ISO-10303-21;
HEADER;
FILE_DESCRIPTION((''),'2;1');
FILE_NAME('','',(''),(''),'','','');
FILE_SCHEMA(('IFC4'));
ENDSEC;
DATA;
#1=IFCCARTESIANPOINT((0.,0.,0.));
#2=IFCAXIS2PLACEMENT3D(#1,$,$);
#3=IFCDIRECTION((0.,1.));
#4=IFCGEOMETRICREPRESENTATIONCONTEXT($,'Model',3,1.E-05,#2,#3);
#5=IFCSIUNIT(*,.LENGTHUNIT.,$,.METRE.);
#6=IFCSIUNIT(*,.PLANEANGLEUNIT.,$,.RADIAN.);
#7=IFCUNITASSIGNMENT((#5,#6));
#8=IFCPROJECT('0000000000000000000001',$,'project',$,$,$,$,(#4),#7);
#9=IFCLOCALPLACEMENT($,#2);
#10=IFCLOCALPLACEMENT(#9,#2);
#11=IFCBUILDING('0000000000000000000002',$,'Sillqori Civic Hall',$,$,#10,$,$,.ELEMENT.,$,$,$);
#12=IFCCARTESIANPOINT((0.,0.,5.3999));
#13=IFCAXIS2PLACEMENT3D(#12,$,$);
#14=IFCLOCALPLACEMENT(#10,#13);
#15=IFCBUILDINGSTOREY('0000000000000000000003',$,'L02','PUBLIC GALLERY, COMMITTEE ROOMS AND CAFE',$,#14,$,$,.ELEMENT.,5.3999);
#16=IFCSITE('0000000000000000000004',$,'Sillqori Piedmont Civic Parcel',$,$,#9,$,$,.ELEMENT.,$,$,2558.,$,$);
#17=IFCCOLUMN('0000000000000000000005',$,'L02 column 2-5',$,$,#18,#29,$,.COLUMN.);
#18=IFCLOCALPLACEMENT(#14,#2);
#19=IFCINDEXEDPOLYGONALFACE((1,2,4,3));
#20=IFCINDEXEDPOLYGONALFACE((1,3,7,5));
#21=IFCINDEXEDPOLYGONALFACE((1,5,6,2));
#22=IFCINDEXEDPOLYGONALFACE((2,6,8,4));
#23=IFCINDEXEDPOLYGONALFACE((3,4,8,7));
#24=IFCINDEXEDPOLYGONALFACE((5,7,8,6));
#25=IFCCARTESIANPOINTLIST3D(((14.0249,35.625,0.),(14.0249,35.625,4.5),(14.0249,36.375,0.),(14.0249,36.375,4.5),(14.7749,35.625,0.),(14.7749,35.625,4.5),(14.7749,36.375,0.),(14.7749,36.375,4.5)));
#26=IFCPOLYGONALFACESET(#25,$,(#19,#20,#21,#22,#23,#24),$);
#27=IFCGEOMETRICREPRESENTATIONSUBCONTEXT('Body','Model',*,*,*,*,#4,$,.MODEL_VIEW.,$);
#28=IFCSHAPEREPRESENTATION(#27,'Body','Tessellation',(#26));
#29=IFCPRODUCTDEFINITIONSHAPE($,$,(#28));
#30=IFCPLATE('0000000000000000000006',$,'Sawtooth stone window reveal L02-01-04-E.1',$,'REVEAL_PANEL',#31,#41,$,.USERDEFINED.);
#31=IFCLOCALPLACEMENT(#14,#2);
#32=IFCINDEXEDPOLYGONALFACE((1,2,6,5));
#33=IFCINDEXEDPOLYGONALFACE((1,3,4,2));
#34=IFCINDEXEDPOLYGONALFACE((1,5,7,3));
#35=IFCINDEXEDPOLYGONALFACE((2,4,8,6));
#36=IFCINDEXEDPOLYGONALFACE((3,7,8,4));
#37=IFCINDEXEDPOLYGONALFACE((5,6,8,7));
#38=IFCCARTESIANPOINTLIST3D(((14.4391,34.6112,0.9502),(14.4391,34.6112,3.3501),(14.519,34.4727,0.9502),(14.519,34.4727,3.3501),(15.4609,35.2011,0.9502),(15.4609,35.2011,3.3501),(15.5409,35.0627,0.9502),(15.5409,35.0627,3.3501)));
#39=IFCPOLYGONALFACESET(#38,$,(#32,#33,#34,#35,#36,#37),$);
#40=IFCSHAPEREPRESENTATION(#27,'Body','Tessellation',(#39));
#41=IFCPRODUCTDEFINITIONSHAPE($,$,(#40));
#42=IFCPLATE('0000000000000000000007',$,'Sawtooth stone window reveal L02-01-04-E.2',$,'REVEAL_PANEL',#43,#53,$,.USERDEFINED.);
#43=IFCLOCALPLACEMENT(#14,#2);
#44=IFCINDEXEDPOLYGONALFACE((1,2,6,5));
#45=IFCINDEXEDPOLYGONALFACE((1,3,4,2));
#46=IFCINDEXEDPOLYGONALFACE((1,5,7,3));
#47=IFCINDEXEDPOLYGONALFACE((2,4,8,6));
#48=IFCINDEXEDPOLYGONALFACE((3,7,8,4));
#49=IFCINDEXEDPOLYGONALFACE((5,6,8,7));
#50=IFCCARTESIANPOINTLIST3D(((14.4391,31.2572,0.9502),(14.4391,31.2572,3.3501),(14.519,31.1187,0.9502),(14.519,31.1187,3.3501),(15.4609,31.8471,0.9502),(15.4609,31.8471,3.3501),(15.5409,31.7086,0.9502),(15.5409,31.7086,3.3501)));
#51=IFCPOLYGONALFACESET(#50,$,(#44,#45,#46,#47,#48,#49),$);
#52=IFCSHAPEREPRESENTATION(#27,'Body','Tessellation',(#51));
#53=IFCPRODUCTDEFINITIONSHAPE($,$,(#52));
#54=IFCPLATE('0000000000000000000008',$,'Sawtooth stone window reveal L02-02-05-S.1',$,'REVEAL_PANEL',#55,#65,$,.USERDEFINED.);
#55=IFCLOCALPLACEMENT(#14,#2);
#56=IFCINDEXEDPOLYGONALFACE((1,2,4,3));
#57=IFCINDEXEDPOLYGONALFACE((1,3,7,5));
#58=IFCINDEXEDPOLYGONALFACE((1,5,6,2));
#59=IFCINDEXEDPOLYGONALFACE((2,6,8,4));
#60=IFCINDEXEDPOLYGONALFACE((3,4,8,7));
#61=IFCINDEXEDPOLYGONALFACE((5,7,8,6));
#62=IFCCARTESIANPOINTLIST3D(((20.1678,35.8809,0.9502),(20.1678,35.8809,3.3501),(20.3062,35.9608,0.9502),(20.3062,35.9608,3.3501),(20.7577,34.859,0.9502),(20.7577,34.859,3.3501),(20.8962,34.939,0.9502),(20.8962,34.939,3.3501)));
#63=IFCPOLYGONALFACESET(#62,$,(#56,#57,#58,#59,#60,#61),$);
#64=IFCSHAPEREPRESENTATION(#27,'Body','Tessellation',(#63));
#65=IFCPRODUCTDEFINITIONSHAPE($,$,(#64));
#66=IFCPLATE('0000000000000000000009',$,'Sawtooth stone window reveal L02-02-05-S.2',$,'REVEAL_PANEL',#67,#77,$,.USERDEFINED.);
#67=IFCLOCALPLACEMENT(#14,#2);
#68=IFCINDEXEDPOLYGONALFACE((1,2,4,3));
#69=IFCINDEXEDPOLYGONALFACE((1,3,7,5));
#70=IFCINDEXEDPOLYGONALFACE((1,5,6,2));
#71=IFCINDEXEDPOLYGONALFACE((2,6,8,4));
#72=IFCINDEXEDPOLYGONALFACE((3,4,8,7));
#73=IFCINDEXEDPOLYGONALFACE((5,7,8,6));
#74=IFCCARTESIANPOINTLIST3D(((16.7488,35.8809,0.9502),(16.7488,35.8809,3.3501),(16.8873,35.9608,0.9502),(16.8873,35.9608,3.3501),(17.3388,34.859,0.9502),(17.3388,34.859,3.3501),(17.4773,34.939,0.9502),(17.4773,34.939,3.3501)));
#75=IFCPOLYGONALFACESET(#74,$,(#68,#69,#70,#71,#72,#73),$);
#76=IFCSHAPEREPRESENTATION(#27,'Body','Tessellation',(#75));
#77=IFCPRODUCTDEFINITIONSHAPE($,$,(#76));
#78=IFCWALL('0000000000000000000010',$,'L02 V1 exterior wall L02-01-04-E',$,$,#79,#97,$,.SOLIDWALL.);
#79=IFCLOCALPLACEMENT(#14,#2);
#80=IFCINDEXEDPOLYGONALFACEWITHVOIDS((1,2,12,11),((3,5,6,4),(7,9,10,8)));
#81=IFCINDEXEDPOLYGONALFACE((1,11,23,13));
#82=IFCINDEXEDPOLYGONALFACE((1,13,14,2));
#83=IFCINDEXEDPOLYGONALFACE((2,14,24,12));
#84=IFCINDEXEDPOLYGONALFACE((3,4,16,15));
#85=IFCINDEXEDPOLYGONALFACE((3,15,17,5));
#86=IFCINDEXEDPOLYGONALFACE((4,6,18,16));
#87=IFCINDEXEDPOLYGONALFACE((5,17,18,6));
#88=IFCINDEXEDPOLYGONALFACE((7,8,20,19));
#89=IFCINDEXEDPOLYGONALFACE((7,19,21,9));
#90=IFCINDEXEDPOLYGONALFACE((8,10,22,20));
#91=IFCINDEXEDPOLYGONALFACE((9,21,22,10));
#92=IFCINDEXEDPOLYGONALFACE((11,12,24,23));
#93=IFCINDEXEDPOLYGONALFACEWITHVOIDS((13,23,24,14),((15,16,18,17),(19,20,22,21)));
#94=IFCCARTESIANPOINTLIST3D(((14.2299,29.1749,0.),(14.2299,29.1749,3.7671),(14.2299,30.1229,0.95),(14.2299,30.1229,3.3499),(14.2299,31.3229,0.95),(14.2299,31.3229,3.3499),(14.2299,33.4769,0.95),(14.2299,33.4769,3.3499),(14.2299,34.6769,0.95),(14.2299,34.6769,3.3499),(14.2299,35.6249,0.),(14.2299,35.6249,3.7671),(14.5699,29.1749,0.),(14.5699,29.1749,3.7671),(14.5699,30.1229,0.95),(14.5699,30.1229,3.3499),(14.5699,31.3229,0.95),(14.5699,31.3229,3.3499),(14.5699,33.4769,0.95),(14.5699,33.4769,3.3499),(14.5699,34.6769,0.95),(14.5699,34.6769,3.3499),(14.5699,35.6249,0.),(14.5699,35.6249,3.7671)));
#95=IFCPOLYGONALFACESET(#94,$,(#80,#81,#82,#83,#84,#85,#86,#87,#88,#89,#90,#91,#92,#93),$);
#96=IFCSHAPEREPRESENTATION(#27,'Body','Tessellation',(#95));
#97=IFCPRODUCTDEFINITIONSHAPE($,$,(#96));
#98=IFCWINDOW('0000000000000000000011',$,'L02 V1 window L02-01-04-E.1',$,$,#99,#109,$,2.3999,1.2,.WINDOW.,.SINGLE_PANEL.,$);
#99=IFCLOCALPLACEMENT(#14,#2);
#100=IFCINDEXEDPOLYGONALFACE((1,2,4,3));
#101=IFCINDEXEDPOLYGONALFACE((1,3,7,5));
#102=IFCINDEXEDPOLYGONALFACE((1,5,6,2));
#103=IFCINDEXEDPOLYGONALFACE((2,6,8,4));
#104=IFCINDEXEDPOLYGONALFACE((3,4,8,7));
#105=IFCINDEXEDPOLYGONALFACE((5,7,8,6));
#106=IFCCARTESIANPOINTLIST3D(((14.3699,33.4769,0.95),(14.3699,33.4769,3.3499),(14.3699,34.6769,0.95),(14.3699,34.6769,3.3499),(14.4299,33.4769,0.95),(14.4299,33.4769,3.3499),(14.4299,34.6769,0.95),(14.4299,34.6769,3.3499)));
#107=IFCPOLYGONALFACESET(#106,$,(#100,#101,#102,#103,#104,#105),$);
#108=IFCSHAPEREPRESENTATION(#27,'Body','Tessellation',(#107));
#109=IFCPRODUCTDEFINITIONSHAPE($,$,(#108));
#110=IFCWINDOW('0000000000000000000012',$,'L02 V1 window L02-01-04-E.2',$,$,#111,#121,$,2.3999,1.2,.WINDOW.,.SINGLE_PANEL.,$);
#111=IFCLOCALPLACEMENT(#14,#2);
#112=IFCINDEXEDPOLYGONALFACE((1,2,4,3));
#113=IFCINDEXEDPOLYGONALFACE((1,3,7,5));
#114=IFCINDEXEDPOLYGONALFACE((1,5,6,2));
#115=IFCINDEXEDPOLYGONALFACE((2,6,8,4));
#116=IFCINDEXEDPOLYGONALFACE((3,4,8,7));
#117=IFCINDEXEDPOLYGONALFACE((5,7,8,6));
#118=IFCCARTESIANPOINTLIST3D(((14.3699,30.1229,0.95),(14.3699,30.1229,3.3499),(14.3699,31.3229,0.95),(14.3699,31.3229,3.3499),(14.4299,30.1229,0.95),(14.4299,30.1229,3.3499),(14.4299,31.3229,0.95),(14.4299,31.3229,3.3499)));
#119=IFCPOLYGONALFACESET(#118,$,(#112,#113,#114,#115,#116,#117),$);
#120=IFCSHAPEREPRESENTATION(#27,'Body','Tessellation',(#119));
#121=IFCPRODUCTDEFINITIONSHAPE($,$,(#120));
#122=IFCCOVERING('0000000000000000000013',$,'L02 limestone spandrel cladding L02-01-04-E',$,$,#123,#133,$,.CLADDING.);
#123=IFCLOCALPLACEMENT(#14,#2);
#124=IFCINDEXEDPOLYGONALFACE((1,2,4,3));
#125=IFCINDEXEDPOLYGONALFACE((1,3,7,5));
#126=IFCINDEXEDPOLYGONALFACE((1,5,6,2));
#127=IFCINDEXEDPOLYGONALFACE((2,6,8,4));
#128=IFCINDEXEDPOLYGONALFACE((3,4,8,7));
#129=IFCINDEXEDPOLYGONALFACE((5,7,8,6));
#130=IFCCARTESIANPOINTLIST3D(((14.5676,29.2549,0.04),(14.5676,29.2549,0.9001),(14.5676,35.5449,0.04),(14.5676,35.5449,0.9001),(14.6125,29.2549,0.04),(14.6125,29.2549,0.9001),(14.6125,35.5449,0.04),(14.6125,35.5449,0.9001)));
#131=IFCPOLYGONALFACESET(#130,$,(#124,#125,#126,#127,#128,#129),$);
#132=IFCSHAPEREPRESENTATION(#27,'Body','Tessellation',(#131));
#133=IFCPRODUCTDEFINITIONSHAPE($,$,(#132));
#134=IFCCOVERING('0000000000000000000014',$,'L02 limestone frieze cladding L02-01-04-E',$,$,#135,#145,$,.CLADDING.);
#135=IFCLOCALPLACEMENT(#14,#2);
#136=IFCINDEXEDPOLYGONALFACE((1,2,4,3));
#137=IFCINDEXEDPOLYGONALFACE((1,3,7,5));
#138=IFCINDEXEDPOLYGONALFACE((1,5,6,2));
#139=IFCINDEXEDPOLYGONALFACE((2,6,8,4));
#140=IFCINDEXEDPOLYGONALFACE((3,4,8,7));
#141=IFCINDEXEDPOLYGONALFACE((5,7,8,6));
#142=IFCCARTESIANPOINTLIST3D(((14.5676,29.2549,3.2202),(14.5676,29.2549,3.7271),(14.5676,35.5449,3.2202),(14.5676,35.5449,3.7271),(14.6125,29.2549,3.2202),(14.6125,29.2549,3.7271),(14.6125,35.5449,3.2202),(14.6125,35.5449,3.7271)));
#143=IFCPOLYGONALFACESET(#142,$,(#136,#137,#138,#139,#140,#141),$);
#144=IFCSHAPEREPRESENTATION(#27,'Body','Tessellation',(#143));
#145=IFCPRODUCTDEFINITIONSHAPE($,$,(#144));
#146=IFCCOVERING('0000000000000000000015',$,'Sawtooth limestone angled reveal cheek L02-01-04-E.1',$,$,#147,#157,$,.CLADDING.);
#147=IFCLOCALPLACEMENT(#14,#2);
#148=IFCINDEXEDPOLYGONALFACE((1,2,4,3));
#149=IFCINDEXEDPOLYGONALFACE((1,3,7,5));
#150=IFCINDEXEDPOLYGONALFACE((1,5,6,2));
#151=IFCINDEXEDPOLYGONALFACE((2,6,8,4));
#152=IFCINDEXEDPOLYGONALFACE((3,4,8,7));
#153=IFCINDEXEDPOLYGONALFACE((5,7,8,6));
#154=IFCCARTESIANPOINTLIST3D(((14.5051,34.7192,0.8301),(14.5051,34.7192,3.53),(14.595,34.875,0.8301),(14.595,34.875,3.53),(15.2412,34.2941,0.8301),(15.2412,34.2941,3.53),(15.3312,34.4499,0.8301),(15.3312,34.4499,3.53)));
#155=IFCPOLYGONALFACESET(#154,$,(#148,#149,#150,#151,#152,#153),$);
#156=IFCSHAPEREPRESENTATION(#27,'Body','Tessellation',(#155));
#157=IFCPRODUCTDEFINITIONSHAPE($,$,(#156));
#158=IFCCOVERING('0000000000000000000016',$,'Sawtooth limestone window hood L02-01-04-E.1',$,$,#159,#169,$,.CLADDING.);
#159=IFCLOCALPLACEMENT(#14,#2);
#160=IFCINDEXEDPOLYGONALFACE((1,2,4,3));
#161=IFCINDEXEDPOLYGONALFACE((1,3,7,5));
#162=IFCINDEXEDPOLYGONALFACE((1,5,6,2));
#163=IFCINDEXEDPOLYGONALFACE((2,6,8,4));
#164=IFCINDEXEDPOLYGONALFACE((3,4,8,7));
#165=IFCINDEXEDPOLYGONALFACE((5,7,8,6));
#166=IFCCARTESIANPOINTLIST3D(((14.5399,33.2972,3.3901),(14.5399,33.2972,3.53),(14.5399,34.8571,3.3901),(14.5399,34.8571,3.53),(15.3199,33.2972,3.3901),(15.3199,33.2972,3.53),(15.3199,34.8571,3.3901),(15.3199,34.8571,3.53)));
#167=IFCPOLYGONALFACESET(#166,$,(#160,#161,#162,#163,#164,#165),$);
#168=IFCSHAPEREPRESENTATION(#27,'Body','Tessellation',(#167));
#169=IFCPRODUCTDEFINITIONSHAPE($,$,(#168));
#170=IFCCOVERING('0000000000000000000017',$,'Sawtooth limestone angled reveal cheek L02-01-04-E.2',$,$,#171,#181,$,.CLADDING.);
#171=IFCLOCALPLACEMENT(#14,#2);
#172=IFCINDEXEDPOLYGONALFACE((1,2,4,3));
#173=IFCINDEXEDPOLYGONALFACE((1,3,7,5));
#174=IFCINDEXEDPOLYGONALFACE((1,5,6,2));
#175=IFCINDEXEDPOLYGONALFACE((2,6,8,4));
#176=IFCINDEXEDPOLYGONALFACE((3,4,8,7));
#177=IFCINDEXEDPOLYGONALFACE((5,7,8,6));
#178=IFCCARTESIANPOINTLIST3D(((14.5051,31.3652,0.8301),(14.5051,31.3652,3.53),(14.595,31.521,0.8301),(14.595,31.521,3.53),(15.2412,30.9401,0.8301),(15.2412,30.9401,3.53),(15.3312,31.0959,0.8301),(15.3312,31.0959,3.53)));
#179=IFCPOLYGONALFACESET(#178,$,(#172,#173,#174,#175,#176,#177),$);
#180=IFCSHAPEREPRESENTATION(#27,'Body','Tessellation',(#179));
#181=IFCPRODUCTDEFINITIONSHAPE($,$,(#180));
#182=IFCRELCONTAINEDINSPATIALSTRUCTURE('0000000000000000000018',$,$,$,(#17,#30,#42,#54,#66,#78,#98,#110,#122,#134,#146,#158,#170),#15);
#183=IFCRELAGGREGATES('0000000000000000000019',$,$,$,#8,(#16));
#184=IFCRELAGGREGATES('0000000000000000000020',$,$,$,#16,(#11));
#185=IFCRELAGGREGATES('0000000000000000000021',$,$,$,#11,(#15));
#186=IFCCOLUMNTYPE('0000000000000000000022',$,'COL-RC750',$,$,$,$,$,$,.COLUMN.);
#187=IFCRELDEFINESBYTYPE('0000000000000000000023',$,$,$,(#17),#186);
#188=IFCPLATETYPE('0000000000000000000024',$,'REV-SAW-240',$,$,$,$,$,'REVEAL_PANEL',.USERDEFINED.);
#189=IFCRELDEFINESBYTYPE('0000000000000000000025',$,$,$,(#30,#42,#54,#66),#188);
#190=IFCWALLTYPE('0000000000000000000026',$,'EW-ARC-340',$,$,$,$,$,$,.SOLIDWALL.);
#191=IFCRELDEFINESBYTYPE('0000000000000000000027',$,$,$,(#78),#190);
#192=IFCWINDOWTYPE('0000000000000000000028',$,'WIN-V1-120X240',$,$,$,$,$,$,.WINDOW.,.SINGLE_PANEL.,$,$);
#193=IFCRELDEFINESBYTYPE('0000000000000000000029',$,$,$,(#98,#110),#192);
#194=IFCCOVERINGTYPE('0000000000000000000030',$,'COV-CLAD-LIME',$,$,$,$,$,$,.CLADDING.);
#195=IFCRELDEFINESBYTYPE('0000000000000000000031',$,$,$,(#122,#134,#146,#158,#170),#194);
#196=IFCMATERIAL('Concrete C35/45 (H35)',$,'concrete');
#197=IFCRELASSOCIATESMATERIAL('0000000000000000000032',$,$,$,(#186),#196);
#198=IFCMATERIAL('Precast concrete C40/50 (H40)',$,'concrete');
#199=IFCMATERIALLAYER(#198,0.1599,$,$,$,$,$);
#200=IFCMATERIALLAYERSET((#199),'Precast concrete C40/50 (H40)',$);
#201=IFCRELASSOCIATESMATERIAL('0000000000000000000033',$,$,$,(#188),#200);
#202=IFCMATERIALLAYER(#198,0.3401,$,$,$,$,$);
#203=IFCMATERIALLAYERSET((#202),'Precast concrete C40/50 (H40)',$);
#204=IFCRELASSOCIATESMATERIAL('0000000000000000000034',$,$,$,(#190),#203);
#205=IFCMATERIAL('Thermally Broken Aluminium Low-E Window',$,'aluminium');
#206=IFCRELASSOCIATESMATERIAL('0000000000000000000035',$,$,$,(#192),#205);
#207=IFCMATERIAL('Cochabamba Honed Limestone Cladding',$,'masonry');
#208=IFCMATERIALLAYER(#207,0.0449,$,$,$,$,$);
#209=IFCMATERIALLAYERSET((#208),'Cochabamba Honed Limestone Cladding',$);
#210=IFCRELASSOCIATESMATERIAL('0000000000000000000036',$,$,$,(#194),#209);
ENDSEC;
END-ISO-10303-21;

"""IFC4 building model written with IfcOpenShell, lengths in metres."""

from ifc_helpers import new_model, si_unit, direction, frame, frame_2d, origin, origin_2d, place, context, subcontext, project, spatial, rectangle, extrude, material, layer, layer_set, material_profile, profile_set, type_object, element, fill, save


model = new_model("IFC4")

# Units and contexts
model_context = context("Model", 3, precision=1e-05, world=origin(), true_north=direction((0.0, 1.0)))
body_context = subcontext(model_context, "Body", "Model", "MODEL_VIEW")
ifc_project = project(units=[si_unit("LENGTHUNIT", "METRE"), si_unit("PLANEANGLEUNIT", "RADIAN")], contexts=[model_context])

# Site, building, storey
site_placement = place(None, origin())
site = spatial("IfcSite", under=ifc_project, at=site_placement, Name="Sillqori Piedmont Civic Parcel", CompositionType="ELEMENT", RefElevation=2558.0)
building_placement = place(site_placement, origin())
building = spatial("IfcBuilding", under=site, at=building_placement, Name="Sillqori Civic Hall", CompositionType="ELEMENT")
storey_placement = place(building_placement, frame((0.0, 0.0, 5.3999)))
storey = spatial("IfcBuildingStorey", under=building, at=storey_placement, Name="L02", Description="PUBLIC GALLERY, COMMITTEE ROOMS AND CAFE", CompositionType="ELEMENT", Elevation=5.3999)

# Column
ifc_material_1 = material(Name="Concrete C35/45 (H35)", Category="concrete")
ifc_material_profile = material_profile(ifc_material_1, rectangle(XDim=0.75, YDim=0.75, at=origin_2d()), Name="RC 750x750")
ifc_profile_set = profile_set([ifc_material_profile], Name="Concrete C35/45 (H35)")
column_type = type_object("IfcColumnType", Name="COL-RC750", PredefinedType="COLUMN", material=ifc_profile_set)
column_placement = place(storey_placement, frame((14.3999, 36.0, 0.0), z_axis=(0.0, 0.0, 1.0), x_axis=(1.0, 0.0, 0.0)))
element("IfcColumn", 1, at=column_placement, inside=storey, type_object=column_type, Name="L02 column 2-5", PredefinedType="COLUMN", context=body_context, shape_type="SweptSolid", body=[
    extrude(rectangle(XDim=0.75, YDim=0.75, at=origin_2d()), origin(), (0.0, 0.0, 1.0), 4.5),
])

# Plates
ifc_material_2 = material(Name="Precast concrete C40/50 (H40)", Category="concrete")
ifc_layer_1 = layer(ifc_material_2, 0.1599)
ifc_layer_set_1 = layer_set([ifc_layer_1], Name="Precast concrete C40/50 (H40)")
plate_type = type_object("IfcPlateType", Name="REV-SAW-240", ElementType="REVEAL_PANEL", PredefinedType="USERDEFINED", material=ifc_layer_set_1)
for number, where, z_axis, x_axis, name in (
    (2, (14.99, 34.8369, 0.9502), (0.0, 0.0, 1.0), (0.5, -0.866025, 0.0), "Sawtooth stone window reveal L02-01-04-E.1"),
    (3, (14.99, 31.4829, 0.9502), (0.0, 0.0, 1.0), (0.5, -0.866025, 0.0), "Sawtooth stone window reveal L02-01-04-E.2"),
    (4, (20.532, 35.4099, 0.9502), (0.0, 0.0, 1.0), (-0.866025, -0.5, 0.0), "Sawtooth stone window reveal L02-02-05-S.1"),
    (5, (17.113, 35.4099, 0.9502), (0.0, 0.0, 1.0), (-0.866025, -0.5, 0.0), "Sawtooth stone window reveal L02-02-05-S.2"),
):
    element("IfcPlate", number, at=place(storey_placement, frame(where, z_axis=z_axis, x_axis=x_axis)), inside=storey, type_object=plate_type, Name=name, ObjectType="REVEAL_PANEL", PredefinedType="USERDEFINED", context=body_context, shape_type="SweptSolid", body=[
        extrude(rectangle(XDim=0.1599, YDim=1.1799, at=origin_2d()), origin(), (0.0, 0.0, 1.0), 2.3999),
    ])

# Wall, openings, windows
ifc_layer_2 = layer(ifc_material_2, 0.3401)
ifc_layer_set_2 = layer_set([ifc_layer_2], Name="Precast concrete C40/50 (H40)")
wall_type = type_object("IfcWallType", Name="EW-ARC-340", PredefinedType="SOLIDWALL", material=ifc_layer_set_2)
wall_placement = place(storey_placement, frame((14.3999, 35.625, 0.0), z_axis=(0.0, 0.0, 1.0), x_axis=(0.0, -1.0, 0.0)))
wall = element("IfcWall", 6, at=wall_placement, inside=storey, type_object=wall_type, Name="L02 V1 exterior wall L02-01-04-E", PredefinedType="SOLIDWALL", context=body_context, shape_type="SweptSolid", body=[
    extrude(rectangle(XDim=6.45, YDim=0.3401, at=frame_2d((3.2251, 0.0))), origin(), (0.0, 0.0, 1.0), 3.7671),
])
opening_1_placement = place(wall_placement, frame((0.948, 0.0, 0.95)))
opening_1 = element("IfcOpeningElement", 7, at=opening_1_placement, cuts=wall, PredefinedType="OPENING", context=body_context, shape_type="SweptSolid", body=[
    extrude(rectangle(XDim=1.2, YDim=2.3999, at=frame_2d((0.6001, 1.2))), frame((0.0, 0.1799, 0.0), z_axis=(0.0, -1.0, 0.0), x_axis=(1.0, 0.0, 0.0)), (0.0, 0.0, 1.0), 0.3601),
])
opening_2_placement = place(wall_placement, frame((4.302, 0.0, 0.95)))
opening_2 = element("IfcOpeningElement", 8, at=opening_2_placement, cuts=wall, PredefinedType="OPENING", context=body_context, shape_type="SweptSolid", body=[
    extrude(rectangle(XDim=1.2, YDim=2.3999, at=frame_2d((0.6001, 1.2))), frame((0.0, 0.1799, 0.0), z_axis=(0.0, -1.0, 0.0), x_axis=(1.0, 0.0, 0.0)), (0.0, 0.0, 1.0), 0.3601),
])
ifc_material_3 = material(Name="Thermally Broken Aluminium Low-E Window", Category="aluminium")
window_type = type_object("IfcWindowType", Name="WIN-V1-120X240", PartitioningType="SINGLE_PANEL", PredefinedType="WINDOW", material=ifc_material_3)
window_1_placement = place(opening_1_placement, origin())
window_1 = element("IfcWindow", 9, at=window_1_placement, inside=storey, type_object=window_type, Name="L02 V1 window L02-01-04-E.1", OverallHeight=2.3999, OverallWidth=1.2, PartitioningType="SINGLE_PANEL", PredefinedType="WINDOW", context=body_context, shape_type="SweptSolid", body=[
    extrude(rectangle(XDim=1.2, YDim=2.3999, at=frame_2d((0.6001, 1.2))), frame((0.0, 0.03, 0.0), z_axis=(0.0, -1.0, 0.0), x_axis=(1.0, 0.0, 0.0)), (0.0, 0.0, 1.0), 0.0601),
])
fill(opening_1, window_1)
window_2_placement = place(opening_2_placement, origin())
window_2 = element("IfcWindow", 10, at=window_2_placement, inside=storey, type_object=window_type, Name="L02 V1 window L02-01-04-E.2", OverallHeight=2.3999, OverallWidth=1.2, PartitioningType="SINGLE_PANEL", PredefinedType="WINDOW", context=body_context, shape_type="SweptSolid", body=[
    extrude(rectangle(XDim=1.2, YDim=2.3999, at=frame_2d((0.6001, 1.2))), frame((0.0, 0.03, 0.0), z_axis=(0.0, -1.0, 0.0), x_axis=(1.0, 0.0, 0.0)), (0.0, 0.0, 1.0), 0.0601),
])
fill(opening_2, window_2)

# Coverings
ifc_material_4 = material(Name="Cochabamba Honed Limestone Cladding", Category="masonry")
ifc_layer_3 = layer(ifc_material_4, 0.0449)
ifc_layer_set_3 = layer_set([ifc_layer_3], Name="Cochabamba Honed Limestone Cladding")
covering_type = type_object("IfcCoveringType", Name="COV-CLAD-LIME", PredefinedType="CLADDING", material=ifc_layer_set_3)
covering_1_placement = place(storey_placement, frame((14.5901, 35.5449, 0.04), z_axis=(0.0, 0.0, 1.0), x_axis=(0.0, -1.0, 0.0)))
element("IfcCovering", 11, at=covering_1_placement, inside=storey, type_object=covering_type, Name="L02 limestone spandrel cladding L02-01-04-E", PredefinedType="CLADDING", context=body_context, shape_type="SweptSolid", body=[
    extrude(rectangle(XDim=6.29, YDim=0.0449, at=frame_2d((3.145, 0.0))), origin(), (0.0, 0.0, 1.0), 0.8601),
])
covering_2_placement = place(storey_placement, frame((14.5901, 35.5449, 3.2202), z_axis=(0.0, 0.0, 1.0), x_axis=(0.0, -1.0, 0.0)))
element("IfcCovering", 12, at=covering_2_placement, inside=storey, type_object=covering_type, Name="L02 limestone frieze cladding L02-01-04-E", PredefinedType="CLADDING", context=body_context, shape_type="SweptSolid", body=[
    extrude(rectangle(XDim=6.29, YDim=0.0449, at=frame_2d((3.145, 0.0))), origin(), (0.0, 0.0, 1.0), 0.5068),
])
covering_3_placement = place(storey_placement, frame((14.55, 34.7971, 0.8301), z_axis=(0.0, 0.0, 1.0), x_axis=(0.865989, -0.500062, 0.0)))
element("IfcCovering", 13, at=covering_3_placement, inside=storey, type_object=covering_type, Name="Sawtooth limestone angled reveal cheek L02-01-04-E.1", PredefinedType="CLADDING", context=body_context, shape_type="SweptSolid", body=[
    extrude(rectangle(XDim=0.8501, YDim=0.1799, at=frame_2d((0.425, 0.0))), origin(), (0.0, 0.0, 1.0), 2.7),
])
covering_4_placement = place(storey_placement, frame((14.9299, 34.8569, 3.3901), z_axis=(0.0, 0.0, 1.0), x_axis=(0.0, -1.0, 0.0)))
element("IfcCovering", 14, at=covering_4_placement, inside=storey, type_object=covering_type, Name="Sawtooth limestone window hood L02-01-04-E.1", PredefinedType="CLADDING", context=body_context, shape_type="SweptSolid", body=[
    extrude(rectangle(XDim=1.5598, YDim=0.78, at=frame_2d((0.7798, 0.0))), origin(), (0.0, 0.0, 1.0), 0.1399),
])
covering_5_placement = place(storey_placement, frame((14.55, 31.4431, 0.8301), z_axis=(0.0, 0.0, 1.0), x_axis=(0.865989, -0.500062, 0.0)))
element("IfcCovering", 15, at=covering_5_placement, inside=storey, type_object=covering_type, Name="Sawtooth limestone angled reveal cheek L02-01-04-E.2", PredefinedType="CLADDING", context=body_context, shape_type="SweptSolid", body=[
    extrude(rectangle(XDim=0.8501, YDim=0.1799, at=frame_2d((0.425, 0.0))), origin(), (0.0, 0.0, 1.0), 2.7),
])

save(model, "model.ifc")
